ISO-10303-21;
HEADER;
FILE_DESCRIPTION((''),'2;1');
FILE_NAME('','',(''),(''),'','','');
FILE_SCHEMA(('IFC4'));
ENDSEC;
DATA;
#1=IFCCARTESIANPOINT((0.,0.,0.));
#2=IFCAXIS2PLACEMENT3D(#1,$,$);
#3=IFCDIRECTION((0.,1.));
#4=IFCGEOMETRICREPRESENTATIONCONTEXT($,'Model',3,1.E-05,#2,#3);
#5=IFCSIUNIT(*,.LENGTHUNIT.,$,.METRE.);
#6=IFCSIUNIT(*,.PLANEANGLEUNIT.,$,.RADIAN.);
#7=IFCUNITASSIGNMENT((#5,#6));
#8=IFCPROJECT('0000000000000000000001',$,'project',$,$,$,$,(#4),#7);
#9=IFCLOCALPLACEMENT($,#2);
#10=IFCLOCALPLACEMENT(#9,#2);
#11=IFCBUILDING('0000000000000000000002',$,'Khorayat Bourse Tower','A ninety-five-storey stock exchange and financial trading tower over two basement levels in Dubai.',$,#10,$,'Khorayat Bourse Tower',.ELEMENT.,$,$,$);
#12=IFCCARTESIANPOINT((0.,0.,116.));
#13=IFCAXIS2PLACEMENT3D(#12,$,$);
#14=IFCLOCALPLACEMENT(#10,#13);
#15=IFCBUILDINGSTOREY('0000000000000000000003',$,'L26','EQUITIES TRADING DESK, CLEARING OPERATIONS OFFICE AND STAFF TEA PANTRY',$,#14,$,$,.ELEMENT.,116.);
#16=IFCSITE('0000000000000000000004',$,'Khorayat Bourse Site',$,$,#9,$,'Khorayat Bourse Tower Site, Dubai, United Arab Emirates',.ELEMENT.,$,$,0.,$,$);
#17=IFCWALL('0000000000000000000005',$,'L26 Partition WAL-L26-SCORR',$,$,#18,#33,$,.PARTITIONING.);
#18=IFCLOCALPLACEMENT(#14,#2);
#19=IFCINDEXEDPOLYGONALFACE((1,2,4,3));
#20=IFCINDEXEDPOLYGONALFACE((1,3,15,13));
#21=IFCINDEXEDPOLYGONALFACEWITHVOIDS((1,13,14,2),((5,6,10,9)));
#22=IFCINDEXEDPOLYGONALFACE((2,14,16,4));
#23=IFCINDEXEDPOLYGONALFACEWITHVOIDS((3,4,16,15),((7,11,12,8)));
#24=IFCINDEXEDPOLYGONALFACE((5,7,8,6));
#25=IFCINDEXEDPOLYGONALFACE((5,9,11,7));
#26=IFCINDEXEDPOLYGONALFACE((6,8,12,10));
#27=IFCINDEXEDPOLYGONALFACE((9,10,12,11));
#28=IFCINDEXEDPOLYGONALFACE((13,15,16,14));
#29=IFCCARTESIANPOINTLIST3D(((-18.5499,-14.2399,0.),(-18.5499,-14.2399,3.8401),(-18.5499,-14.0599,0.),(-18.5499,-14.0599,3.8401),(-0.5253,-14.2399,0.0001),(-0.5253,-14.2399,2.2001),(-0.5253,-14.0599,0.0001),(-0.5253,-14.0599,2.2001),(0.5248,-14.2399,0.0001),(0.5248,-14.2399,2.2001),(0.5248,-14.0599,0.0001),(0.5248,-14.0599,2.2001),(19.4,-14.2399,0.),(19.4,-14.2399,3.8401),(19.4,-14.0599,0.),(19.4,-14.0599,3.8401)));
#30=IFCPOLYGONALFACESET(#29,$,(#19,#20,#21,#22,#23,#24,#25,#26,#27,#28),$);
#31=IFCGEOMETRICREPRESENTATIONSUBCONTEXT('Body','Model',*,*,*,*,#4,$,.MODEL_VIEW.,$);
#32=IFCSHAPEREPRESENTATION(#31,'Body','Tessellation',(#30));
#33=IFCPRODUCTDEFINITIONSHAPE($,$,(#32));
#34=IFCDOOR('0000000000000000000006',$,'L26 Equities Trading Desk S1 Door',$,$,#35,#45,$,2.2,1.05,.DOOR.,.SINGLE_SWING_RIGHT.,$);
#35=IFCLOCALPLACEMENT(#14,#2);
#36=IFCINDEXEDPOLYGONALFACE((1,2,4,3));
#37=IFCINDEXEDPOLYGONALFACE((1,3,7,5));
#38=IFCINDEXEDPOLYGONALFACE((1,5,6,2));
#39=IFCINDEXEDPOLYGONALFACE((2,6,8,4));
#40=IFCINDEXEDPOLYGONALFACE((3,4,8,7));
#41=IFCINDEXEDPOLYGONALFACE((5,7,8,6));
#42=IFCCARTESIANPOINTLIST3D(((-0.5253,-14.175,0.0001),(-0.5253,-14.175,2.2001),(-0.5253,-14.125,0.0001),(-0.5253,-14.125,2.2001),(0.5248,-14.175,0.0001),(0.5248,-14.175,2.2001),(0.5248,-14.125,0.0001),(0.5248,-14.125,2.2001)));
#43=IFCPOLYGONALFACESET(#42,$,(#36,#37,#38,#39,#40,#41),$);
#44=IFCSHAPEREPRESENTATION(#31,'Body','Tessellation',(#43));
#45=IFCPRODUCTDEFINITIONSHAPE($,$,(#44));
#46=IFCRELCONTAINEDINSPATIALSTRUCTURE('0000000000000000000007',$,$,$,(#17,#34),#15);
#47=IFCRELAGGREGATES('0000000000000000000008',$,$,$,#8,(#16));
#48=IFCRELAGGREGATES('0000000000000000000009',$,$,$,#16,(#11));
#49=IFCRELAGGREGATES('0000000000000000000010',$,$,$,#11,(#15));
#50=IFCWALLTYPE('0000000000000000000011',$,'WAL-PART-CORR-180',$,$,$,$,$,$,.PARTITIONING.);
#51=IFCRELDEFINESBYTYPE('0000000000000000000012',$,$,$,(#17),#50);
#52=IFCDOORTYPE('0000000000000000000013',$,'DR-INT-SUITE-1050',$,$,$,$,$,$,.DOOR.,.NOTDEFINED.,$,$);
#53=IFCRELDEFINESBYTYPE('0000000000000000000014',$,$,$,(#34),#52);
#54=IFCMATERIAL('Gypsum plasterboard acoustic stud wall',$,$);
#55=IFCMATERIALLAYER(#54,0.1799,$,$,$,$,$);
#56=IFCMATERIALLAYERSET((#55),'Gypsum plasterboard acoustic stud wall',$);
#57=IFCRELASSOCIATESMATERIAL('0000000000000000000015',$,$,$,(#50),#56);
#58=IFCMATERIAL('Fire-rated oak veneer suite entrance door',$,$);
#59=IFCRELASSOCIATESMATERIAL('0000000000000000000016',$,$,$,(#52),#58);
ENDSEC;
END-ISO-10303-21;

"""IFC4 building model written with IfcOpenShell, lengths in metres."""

from ifc_helpers import new_model, si_unit, direction, frame, frame_2d, origin, place, context, subcontext, project, spatial, rectangle, extrude, source, transform, mapped, material, layer, layer_set, type_object, element, fill, save


model = new_model("IFC4")

# Units and contexts
model_context = context("Model", 3, precision=1e-05, world=origin(), true_north=direction((0.0, 1.0)))
body_context = subcontext(model_context, "Body", "Model", "MODEL_VIEW")
ifc_project = project(units=[si_unit("LENGTHUNIT", "METRE"), si_unit("PLANEANGLEUNIT", "RADIAN")], contexts=[model_context])

# Site, building, storey
site_placement = place(None, origin())
site = spatial("IfcSite", under=ifc_project, at=site_placement, Name="Khorayat Bourse Site", LongName="Khorayat Bourse Tower Site, Dubai, United Arab Emirates", CompositionType="ELEMENT", RefElevation=0.0)
building_placement = place(site_placement, origin())
building = spatial("IfcBuilding", under=site, at=building_placement, Name="Khorayat Bourse Tower", Description="A ninety-five-storey stock exchange and financial trading tower over two basement levels in Dubai.", LongName="Khorayat Bourse Tower", CompositionType="ELEMENT")
storey_placement = place(building_placement, frame((0.0, 0.0, 116.0)))
storey = spatial("IfcBuildingStorey", under=building, at=storey_placement, Name="L26", Description="EQUITIES TRADING DESK, CLEARING OPERATIONS OFFICE AND STAFF TEA PANTRY", CompositionType="ELEMENT", Elevation=116.0)

# Shared definitions
ifc_material_1 = material(Name="Gypsum plasterboard acoustic stud wall")
ifc_layer_1 = layer(ifc_material_1, 0.1799)
ifc_layer_set_1 = layer_set([ifc_layer_1], Name="Gypsum plasterboard acoustic stud wall")
wall_type_1 = type_object("IfcWallType", Name="WAL-PART-CORR-180", PredefinedType="PARTITIONING", material=ifc_layer_set_1)

# Wall, opening, door
shared_shape_1 = source(origin(), body_context, "Body", "SweptSolid", [
    extrude(rectangle(XDim=37.95, YDim=0.1799, at=frame_2d((18.9751, 0.0))), origin(), (0.0, 0.0, 1.0), 3.8401),
])
wall_1_placement = place(storey_placement, frame((-18.55, -14.1499, 0.0), z_axis=(0.0, 0.0, 1.0), x_axis=(1.0, 0.0, 0.0)))
wall_1 = element("IfcWall", 1, at=wall_1_placement, inside=storey, type_object=wall_type_1, Name="L26 Partition WAL-L26-SCORR", PredefinedType="PARTITIONING", context=body_context, shape_type="MappedRepresentation", body=[
    mapped(shared_shape_1, transform((0.0, 0.0, 0.0), scale=1.0)),
])
shared_shape_2 = source(origin(), body_context, "Body", "SweptSolid", [
    extrude(rectangle(XDim=1.05, YDim=2.2, at=frame_2d((0.5249, 1.1001))), frame((0.0, 0.0999, 0.0), z_axis=(0.0, -1.0, 0.0), x_axis=(1.0, 0.0, 0.0)), (0.0, 0.0, 1.0), 0.2),
])
opening_1_placement = place(wall_1_placement, frame((18.0249, 0.0, 0.0)))
opening_1 = element("IfcOpeningElement", 2, at=opening_1_placement, cuts=wall_1, PredefinedType="OPENING", context=body_context, shape_type="MappedRepresentation", body=[
    mapped(shared_shape_2, transform((0.0, 0.0, 0.0), scale=1.0)),
])
ifc_material_2 = material(Name="Fire-rated oak veneer suite entrance door")
door_type_1 = type_object("IfcDoorType", Name="DR-INT-SUITE-1050", OperationType="NOTDEFINED", PredefinedType="DOOR", material=ifc_material_2)
shared_shape_3 = source(origin(), body_context, "Body", "SweptSolid", [
    extrude(rectangle(XDim=1.05, YDim=2.2, at=frame_2d((0.5249, 1.1001))), frame((0.0, 0.0249, 0.0), z_axis=(0.0, -1.0, 0.0), x_axis=(1.0, 0.0, 0.0)), (0.0, 0.0, 1.0), 0.05),
])
door_1_placement = place(opening_1_placement, origin())
door_1 = element("IfcDoor", 3, at=door_1_placement, inside=storey, type_object=door_type_1, Name="L26 Equities Trading Desk S1 Door", OperationType="SINGLE_SWING_RIGHT", OverallHeight=2.2, OverallWidth=1.05, PredefinedType="DOOR", context=body_context, shape_type="MappedRepresentation", body=[
    mapped(shared_shape_3, transform((0.0, 0.0, 0.0), scale=1.0)),
])
fill(opening_1, door_1)

save(model, "model.ifc")
